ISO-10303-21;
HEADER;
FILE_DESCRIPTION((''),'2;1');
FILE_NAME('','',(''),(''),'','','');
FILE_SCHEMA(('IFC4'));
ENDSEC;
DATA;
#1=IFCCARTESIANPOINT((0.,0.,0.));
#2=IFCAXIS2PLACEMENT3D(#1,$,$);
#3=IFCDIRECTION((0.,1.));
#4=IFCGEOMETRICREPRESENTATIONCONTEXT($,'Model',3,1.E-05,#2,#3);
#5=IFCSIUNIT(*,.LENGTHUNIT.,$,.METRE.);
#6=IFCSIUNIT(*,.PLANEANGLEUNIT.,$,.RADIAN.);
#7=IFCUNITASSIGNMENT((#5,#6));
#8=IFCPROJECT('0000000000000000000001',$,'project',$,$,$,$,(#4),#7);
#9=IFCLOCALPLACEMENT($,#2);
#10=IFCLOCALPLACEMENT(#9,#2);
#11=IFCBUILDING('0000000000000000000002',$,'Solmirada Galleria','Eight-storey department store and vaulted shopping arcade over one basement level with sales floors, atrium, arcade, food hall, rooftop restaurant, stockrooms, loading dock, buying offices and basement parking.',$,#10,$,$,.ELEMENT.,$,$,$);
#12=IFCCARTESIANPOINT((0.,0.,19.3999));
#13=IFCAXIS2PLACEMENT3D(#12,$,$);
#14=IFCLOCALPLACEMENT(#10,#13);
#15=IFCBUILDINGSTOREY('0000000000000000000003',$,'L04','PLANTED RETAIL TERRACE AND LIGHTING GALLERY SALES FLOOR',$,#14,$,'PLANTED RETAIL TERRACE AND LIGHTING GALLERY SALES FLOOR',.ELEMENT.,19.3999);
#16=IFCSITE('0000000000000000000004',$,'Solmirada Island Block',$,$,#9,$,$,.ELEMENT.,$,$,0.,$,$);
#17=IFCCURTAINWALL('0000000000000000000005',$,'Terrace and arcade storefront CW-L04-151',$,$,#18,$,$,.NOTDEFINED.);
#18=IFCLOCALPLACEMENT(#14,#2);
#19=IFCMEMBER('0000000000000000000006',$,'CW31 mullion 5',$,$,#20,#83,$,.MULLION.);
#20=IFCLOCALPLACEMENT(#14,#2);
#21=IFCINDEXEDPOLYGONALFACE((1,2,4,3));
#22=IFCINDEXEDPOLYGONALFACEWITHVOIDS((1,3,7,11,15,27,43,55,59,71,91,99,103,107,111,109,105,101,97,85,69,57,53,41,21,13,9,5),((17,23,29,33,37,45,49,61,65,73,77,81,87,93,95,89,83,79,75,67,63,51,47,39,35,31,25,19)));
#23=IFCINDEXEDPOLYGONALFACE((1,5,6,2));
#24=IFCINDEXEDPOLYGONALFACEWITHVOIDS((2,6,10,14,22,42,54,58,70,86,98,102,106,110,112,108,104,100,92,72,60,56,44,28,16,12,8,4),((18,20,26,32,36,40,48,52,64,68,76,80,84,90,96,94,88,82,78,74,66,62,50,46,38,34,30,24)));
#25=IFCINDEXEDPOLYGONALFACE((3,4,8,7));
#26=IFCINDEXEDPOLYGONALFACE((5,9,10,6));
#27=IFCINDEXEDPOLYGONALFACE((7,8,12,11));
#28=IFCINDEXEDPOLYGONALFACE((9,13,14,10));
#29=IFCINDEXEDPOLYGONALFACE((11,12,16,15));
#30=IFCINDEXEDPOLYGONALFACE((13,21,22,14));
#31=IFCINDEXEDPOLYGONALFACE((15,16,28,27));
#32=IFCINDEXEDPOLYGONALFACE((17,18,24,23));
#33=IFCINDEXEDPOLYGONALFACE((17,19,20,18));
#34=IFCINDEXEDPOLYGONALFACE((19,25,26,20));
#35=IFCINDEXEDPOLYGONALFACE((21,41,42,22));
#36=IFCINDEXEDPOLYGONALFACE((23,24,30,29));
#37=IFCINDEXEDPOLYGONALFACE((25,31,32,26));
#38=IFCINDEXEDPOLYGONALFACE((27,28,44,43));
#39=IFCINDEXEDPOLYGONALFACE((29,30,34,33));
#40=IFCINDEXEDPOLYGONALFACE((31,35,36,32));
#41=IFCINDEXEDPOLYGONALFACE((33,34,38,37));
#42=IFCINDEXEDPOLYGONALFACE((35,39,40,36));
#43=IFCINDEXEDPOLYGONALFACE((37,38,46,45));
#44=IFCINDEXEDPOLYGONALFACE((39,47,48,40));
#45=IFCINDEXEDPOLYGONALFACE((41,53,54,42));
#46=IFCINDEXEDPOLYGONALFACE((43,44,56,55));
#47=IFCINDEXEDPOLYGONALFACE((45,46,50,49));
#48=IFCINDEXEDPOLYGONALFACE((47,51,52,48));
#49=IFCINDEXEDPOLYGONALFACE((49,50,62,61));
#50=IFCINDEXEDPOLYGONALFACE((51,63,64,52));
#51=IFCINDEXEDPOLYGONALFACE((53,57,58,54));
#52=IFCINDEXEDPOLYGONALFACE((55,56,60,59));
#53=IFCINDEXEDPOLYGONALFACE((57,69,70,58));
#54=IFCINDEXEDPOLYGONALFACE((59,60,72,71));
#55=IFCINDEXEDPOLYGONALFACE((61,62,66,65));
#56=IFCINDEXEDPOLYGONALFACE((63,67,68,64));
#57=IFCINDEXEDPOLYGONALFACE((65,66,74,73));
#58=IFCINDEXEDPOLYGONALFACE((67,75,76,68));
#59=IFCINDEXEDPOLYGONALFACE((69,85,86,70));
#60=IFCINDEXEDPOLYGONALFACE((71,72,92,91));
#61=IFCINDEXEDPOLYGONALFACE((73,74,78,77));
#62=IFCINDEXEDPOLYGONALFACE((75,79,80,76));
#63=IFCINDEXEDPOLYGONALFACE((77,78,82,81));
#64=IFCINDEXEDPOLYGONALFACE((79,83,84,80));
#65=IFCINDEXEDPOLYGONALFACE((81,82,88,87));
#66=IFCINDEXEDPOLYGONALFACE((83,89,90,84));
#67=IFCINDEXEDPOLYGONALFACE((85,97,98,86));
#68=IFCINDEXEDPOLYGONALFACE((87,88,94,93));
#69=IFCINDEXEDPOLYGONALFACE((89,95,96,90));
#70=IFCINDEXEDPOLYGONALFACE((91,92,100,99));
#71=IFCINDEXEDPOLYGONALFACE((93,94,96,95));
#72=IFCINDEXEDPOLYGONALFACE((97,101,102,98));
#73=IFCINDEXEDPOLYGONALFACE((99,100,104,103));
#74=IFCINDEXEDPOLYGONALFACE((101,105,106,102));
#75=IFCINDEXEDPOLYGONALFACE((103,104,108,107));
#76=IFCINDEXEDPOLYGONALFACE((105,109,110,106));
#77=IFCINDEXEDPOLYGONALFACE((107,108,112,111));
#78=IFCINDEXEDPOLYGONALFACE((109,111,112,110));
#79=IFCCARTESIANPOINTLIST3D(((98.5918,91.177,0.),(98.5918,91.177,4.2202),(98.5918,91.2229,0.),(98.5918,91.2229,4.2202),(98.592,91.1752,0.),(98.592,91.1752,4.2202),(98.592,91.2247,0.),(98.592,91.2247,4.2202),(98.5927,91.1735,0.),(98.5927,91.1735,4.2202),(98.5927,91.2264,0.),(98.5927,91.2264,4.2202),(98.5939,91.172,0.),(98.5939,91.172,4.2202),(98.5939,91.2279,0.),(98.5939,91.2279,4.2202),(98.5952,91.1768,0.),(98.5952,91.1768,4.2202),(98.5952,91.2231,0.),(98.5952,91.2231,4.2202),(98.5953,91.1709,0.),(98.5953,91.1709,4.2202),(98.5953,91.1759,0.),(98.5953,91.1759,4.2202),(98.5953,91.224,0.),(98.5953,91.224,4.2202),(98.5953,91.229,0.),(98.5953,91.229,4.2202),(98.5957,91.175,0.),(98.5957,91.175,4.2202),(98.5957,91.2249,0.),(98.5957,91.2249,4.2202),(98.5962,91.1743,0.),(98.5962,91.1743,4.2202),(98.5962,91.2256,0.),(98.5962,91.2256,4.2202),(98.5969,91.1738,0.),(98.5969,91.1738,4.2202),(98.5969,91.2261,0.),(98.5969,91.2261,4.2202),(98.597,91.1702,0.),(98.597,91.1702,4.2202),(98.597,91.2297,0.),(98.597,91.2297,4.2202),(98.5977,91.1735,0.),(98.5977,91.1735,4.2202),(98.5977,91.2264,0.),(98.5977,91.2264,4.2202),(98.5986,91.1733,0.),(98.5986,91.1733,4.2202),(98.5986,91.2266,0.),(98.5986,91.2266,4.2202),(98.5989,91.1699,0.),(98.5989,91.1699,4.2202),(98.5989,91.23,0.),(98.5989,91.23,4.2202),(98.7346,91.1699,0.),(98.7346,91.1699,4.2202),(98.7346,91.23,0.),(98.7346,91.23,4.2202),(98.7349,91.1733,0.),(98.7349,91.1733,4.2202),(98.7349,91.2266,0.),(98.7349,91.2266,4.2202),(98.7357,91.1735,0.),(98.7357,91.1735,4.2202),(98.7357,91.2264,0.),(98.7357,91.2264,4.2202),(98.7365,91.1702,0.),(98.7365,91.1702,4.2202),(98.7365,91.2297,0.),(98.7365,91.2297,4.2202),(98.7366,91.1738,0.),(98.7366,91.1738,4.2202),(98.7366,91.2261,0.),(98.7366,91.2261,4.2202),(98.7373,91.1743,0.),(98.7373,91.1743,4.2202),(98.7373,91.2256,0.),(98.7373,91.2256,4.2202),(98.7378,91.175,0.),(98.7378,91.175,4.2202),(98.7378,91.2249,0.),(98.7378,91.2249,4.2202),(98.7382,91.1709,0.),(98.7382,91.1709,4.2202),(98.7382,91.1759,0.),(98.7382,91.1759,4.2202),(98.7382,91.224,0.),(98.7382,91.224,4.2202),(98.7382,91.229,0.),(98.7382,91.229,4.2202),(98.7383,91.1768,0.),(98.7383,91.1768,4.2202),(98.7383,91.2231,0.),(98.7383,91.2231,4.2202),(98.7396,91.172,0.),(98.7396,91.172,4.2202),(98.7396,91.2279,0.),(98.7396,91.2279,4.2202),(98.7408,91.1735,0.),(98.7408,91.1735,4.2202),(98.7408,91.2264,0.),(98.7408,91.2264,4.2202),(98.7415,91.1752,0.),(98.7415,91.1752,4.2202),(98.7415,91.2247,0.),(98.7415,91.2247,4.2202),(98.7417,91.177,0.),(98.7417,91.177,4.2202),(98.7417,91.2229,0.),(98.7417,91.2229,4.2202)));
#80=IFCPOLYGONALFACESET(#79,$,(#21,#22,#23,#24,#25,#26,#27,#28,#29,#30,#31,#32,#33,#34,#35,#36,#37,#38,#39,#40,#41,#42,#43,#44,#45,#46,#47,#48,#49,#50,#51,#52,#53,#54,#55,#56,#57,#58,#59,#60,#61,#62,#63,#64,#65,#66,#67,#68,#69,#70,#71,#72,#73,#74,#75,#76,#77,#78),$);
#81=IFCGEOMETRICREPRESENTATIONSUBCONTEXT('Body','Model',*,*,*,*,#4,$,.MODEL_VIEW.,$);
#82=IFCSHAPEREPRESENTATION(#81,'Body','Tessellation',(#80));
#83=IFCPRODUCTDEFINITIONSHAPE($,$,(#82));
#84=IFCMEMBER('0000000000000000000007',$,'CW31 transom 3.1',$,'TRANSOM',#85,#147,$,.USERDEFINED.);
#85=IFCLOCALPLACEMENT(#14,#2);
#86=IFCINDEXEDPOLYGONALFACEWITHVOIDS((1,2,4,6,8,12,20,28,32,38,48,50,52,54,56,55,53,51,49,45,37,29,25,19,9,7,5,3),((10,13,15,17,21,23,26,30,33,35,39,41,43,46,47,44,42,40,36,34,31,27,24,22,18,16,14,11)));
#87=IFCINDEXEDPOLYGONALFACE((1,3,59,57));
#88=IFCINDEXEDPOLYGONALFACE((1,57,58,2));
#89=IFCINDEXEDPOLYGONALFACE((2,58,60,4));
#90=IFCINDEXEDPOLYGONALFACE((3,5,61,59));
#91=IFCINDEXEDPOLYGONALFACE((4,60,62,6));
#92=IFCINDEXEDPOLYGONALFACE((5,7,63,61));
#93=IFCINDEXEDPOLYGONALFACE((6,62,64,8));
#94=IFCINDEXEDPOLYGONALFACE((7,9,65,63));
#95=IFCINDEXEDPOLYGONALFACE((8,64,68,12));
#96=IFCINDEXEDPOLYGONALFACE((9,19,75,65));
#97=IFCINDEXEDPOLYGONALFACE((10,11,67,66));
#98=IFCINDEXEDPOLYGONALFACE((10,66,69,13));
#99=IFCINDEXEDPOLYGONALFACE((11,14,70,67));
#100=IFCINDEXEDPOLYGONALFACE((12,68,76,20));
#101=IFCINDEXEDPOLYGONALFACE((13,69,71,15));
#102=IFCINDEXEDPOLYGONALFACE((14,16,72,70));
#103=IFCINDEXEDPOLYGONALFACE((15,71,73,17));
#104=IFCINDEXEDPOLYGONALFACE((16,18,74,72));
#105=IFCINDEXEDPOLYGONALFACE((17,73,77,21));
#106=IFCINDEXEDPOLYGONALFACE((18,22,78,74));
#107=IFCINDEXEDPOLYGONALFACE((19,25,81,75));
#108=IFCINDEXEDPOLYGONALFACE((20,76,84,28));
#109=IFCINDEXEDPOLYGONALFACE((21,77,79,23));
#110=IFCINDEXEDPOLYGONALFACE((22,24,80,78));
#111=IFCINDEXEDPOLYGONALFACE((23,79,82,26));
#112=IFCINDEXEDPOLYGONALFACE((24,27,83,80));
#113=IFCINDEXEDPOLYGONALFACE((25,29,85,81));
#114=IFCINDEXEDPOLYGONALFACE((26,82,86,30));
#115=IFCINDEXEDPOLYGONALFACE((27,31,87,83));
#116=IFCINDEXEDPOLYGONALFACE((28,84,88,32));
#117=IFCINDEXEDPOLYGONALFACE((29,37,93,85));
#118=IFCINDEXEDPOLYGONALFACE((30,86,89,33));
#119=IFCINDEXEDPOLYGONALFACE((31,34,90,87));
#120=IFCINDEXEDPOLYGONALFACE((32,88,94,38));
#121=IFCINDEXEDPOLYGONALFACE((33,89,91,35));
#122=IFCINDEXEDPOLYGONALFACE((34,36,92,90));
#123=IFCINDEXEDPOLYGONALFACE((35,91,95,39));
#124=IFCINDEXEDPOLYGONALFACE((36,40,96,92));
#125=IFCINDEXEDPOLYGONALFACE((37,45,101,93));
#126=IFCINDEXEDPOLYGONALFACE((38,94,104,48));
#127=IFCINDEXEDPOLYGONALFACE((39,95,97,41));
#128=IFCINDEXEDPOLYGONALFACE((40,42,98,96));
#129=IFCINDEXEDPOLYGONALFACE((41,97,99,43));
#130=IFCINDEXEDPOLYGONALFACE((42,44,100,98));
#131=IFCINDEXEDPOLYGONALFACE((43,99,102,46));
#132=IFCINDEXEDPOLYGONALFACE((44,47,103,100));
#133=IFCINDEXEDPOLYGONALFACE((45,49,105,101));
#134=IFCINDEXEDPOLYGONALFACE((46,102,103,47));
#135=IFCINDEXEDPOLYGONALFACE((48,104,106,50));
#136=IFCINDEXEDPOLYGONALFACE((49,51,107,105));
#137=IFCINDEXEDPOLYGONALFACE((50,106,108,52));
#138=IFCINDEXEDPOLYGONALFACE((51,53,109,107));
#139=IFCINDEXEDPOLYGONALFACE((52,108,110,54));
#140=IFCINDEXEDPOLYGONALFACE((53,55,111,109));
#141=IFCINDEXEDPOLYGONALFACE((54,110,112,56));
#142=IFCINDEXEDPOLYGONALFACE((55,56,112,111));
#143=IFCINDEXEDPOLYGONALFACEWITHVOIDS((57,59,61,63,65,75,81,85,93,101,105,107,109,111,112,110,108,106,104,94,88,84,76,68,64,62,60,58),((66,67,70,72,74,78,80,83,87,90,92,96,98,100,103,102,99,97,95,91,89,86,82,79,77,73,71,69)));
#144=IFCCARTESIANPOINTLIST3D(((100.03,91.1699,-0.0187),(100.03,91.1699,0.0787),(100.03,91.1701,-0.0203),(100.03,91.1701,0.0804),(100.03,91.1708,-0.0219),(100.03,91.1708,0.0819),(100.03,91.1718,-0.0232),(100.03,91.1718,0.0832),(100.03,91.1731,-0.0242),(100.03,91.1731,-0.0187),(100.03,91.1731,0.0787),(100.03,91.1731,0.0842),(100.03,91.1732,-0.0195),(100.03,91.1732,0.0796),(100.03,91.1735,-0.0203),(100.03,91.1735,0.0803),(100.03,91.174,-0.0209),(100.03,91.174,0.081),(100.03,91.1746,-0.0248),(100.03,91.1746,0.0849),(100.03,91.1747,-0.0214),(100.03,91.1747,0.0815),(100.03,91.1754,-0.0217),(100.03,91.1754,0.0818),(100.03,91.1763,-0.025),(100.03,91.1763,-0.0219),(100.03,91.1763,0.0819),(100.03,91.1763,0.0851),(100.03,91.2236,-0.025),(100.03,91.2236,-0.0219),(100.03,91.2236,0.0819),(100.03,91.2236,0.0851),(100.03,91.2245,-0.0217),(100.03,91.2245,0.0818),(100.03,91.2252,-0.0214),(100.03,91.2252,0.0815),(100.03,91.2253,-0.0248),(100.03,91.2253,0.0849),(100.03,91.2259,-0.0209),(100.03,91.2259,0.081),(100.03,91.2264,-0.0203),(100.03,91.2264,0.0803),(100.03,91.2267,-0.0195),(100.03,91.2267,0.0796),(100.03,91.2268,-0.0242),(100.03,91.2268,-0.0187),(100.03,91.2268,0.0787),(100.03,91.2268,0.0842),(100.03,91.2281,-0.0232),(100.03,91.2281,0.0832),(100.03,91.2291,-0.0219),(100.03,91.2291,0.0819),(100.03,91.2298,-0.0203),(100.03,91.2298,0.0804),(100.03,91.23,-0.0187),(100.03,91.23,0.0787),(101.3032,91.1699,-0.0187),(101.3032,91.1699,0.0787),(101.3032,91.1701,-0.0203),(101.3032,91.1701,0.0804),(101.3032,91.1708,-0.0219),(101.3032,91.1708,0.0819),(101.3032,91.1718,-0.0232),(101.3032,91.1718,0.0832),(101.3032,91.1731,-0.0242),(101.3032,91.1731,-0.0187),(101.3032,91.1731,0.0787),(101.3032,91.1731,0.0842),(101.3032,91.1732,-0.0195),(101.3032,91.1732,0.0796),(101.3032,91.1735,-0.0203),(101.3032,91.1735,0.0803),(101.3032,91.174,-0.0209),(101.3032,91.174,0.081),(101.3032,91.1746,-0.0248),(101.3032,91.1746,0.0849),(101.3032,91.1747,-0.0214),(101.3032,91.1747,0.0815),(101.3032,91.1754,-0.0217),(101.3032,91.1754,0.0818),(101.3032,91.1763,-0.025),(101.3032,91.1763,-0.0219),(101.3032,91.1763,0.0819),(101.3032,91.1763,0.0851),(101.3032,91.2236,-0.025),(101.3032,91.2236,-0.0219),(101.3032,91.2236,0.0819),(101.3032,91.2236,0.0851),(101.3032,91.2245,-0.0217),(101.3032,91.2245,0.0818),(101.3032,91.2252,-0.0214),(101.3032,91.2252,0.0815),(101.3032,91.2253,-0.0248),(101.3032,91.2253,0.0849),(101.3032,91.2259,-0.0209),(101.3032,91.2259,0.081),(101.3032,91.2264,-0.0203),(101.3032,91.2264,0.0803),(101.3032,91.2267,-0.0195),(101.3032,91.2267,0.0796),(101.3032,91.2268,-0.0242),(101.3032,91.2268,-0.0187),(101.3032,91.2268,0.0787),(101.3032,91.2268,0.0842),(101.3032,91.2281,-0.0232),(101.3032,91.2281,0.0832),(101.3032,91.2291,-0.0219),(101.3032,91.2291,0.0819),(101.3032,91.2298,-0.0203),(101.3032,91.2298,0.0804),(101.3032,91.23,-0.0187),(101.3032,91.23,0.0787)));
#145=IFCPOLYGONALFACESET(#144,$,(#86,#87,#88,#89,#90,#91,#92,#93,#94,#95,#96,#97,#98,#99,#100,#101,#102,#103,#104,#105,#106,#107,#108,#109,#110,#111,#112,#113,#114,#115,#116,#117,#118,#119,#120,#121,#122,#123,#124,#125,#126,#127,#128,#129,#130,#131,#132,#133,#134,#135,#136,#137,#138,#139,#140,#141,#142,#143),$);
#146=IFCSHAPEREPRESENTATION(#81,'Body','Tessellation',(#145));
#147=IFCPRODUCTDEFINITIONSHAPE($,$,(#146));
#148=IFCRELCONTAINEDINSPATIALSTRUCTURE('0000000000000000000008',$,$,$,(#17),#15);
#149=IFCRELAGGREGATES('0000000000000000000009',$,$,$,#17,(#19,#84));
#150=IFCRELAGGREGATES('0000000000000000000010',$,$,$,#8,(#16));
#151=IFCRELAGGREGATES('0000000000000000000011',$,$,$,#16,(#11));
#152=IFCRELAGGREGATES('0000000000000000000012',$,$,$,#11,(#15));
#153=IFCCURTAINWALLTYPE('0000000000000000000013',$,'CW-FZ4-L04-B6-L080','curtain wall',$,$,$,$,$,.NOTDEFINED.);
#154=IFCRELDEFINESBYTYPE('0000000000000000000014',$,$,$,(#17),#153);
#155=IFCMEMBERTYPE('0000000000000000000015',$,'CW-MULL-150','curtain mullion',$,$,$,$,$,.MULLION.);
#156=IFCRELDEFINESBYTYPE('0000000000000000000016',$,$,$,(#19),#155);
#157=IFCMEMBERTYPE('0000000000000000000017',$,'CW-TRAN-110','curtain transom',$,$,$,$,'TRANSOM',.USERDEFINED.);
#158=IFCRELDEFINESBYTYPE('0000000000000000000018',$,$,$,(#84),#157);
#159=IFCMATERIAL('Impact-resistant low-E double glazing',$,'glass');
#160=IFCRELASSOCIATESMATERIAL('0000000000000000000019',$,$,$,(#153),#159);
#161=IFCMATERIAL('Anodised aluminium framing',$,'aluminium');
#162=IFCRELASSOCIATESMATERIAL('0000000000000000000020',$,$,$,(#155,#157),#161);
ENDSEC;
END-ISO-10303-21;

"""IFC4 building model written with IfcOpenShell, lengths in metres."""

from ifc_helpers import new_model, si_unit, direction, frame, origin, origin_2d, place, context, subcontext, project, spatial, hollow_rectangle, extrude, material, material_profile, profile_set, type_object, element, aggregate, save


model = new_model("IFC4")

# Units and contexts
model_context = context("Model", 3, precision=1e-05, world=origin(), true_north=direction((0.0, 1.0)))
body_context = subcontext(model_context, "Body", "Model", "MODEL_VIEW")
ifc_project = project(units=[si_unit("LENGTHUNIT", "METRE"), si_unit("PLANEANGLEUNIT", "RADIAN")], contexts=[model_context])

# Site, building, storey
site_placement = place(None, origin())
site = spatial("IfcSite", under=ifc_project, at=site_placement, Name="Solmirada Island Block", CompositionType="ELEMENT", RefElevation=0.0)
building_placement = place(site_placement, origin())
building = spatial("IfcBuilding", under=site, at=building_placement, Name="Solmirada Galleria", Description="Eight-storey department store and vaulted shopping arcade over one basement level with sales floors, atrium, arcade, food hall, rooftop restaurant, stockrooms, loading dock, buying offices and basement parking.", CompositionType="ELEMENT")
storey_placement = place(building_placement, frame((0.0, 0.0, 19.3999)))
storey = spatial("IfcBuildingStorey", under=building, at=storey_placement, Name="L04", Description="PLANTED RETAIL TERRACE AND LIGHTING GALLERY SALES FLOOR", LongName="PLANTED RETAIL TERRACE AND LIGHTING GALLERY SALES FLOOR", CompositionType="ELEMENT", Elevation=19.3999)

# Curtain wall, members
ifc_material_1 = material(Name="Impact-resistant low-E double glazing", Category="glass")
curtain_wall_type = type_object("IfcCurtainWallType", Name="CW-FZ4-L04-B6-L080", Description="curtain wall", PredefinedType="NOTDEFINED", material=ifc_material_1)
curtain_wall_placement = place(storey_placement, origin())
curtain_wall = element("IfcCurtainWall", 1, at=curtain_wall_placement, inside=storey, type_object=curtain_wall_type, Name="Terrace and arcade storefront CW-L04-151", PredefinedType="NOTDEFINED")
ifc_material_2 = material(Name="Anodised aluminium framing", Category="aluminium")
ifc_material_profile_1 = material_profile(ifc_material_2, hollow_rectangle(XDim=0.0601, YDim=0.1499, WallThickness=0.0034, InnerFilletRadius=0.0034, OuterFilletRadius=0.0071, at=origin_2d()), Name="ALU-MULL-150X60")
ifc_profile_set_1 = profile_set([ifc_material_profile_1], Name="Anodised aluminium framing")
member_type_1 = type_object("IfcMemberType", Name="CW-MULL-150", Description="curtain mullion", PredefinedType="MULLION", material=ifc_profile_set_1)
member_1_placement = place(storey_placement, frame((98.6667, 91.2, 0.0), z_axis=(0.0, 0.0, 1.0), x_axis=(0.0, -1.0, 0.0)))
member_1 = element("IfcMember", 2, at=member_1_placement, type_object=member_type_1, Name="CW31 mullion 5", PredefinedType="MULLION", context=body_context, shape_type="SweptSolid", body=[
    extrude(hollow_rectangle(XDim=0.0601, YDim=0.1499, WallThickness=0.0034, InnerFilletRadius=0.0034, OuterFilletRadius=0.0071, at=origin_2d()), origin(), (0.0, 0.0, 1.0), 4.2202),
])
ifc_material_profile_2 = material_profile(ifc_material_2, hollow_rectangle(XDim=0.0601, YDim=0.1101, WallThickness=0.0032, InnerFilletRadius=0.0032, OuterFilletRadius=0.0063, at=origin_2d()), Name="ALU-TRAN-110X60")
ifc_profile_set_2 = profile_set([ifc_material_profile_2], Name="Anodised aluminium framing")
member_type_2 = type_object("IfcMemberType", Name="CW-TRAN-110", Description="curtain transom", ElementType="TRANSOM", PredefinedType="USERDEFINED", material=ifc_profile_set_2)
member_2_placement = place(storey_placement, frame((101.3032, 91.2, 0.03), z_axis=(-1.0, 0.0, 0.0), x_axis=(0.0, -1.0, 0.0)))
member_2 = element("IfcMember", 3, at=member_2_placement, type_object=member_type_2, Name="CW31 transom 3.1", ObjectType="TRANSOM", PredefinedType="USERDEFINED", context=body_context, shape_type="SweptSolid", body=[
    extrude(hollow_rectangle(XDim=0.0601, YDim=0.1101, WallThickness=0.0032, InnerFilletRadius=0.0032, OuterFilletRadius=0.0063, at=origin_2d()), origin(), (0.0, 0.0, 1.0), 1.2732),
])
aggregate(curtain_wall, [member_1, member_2])

save(model, "model.ifc")
